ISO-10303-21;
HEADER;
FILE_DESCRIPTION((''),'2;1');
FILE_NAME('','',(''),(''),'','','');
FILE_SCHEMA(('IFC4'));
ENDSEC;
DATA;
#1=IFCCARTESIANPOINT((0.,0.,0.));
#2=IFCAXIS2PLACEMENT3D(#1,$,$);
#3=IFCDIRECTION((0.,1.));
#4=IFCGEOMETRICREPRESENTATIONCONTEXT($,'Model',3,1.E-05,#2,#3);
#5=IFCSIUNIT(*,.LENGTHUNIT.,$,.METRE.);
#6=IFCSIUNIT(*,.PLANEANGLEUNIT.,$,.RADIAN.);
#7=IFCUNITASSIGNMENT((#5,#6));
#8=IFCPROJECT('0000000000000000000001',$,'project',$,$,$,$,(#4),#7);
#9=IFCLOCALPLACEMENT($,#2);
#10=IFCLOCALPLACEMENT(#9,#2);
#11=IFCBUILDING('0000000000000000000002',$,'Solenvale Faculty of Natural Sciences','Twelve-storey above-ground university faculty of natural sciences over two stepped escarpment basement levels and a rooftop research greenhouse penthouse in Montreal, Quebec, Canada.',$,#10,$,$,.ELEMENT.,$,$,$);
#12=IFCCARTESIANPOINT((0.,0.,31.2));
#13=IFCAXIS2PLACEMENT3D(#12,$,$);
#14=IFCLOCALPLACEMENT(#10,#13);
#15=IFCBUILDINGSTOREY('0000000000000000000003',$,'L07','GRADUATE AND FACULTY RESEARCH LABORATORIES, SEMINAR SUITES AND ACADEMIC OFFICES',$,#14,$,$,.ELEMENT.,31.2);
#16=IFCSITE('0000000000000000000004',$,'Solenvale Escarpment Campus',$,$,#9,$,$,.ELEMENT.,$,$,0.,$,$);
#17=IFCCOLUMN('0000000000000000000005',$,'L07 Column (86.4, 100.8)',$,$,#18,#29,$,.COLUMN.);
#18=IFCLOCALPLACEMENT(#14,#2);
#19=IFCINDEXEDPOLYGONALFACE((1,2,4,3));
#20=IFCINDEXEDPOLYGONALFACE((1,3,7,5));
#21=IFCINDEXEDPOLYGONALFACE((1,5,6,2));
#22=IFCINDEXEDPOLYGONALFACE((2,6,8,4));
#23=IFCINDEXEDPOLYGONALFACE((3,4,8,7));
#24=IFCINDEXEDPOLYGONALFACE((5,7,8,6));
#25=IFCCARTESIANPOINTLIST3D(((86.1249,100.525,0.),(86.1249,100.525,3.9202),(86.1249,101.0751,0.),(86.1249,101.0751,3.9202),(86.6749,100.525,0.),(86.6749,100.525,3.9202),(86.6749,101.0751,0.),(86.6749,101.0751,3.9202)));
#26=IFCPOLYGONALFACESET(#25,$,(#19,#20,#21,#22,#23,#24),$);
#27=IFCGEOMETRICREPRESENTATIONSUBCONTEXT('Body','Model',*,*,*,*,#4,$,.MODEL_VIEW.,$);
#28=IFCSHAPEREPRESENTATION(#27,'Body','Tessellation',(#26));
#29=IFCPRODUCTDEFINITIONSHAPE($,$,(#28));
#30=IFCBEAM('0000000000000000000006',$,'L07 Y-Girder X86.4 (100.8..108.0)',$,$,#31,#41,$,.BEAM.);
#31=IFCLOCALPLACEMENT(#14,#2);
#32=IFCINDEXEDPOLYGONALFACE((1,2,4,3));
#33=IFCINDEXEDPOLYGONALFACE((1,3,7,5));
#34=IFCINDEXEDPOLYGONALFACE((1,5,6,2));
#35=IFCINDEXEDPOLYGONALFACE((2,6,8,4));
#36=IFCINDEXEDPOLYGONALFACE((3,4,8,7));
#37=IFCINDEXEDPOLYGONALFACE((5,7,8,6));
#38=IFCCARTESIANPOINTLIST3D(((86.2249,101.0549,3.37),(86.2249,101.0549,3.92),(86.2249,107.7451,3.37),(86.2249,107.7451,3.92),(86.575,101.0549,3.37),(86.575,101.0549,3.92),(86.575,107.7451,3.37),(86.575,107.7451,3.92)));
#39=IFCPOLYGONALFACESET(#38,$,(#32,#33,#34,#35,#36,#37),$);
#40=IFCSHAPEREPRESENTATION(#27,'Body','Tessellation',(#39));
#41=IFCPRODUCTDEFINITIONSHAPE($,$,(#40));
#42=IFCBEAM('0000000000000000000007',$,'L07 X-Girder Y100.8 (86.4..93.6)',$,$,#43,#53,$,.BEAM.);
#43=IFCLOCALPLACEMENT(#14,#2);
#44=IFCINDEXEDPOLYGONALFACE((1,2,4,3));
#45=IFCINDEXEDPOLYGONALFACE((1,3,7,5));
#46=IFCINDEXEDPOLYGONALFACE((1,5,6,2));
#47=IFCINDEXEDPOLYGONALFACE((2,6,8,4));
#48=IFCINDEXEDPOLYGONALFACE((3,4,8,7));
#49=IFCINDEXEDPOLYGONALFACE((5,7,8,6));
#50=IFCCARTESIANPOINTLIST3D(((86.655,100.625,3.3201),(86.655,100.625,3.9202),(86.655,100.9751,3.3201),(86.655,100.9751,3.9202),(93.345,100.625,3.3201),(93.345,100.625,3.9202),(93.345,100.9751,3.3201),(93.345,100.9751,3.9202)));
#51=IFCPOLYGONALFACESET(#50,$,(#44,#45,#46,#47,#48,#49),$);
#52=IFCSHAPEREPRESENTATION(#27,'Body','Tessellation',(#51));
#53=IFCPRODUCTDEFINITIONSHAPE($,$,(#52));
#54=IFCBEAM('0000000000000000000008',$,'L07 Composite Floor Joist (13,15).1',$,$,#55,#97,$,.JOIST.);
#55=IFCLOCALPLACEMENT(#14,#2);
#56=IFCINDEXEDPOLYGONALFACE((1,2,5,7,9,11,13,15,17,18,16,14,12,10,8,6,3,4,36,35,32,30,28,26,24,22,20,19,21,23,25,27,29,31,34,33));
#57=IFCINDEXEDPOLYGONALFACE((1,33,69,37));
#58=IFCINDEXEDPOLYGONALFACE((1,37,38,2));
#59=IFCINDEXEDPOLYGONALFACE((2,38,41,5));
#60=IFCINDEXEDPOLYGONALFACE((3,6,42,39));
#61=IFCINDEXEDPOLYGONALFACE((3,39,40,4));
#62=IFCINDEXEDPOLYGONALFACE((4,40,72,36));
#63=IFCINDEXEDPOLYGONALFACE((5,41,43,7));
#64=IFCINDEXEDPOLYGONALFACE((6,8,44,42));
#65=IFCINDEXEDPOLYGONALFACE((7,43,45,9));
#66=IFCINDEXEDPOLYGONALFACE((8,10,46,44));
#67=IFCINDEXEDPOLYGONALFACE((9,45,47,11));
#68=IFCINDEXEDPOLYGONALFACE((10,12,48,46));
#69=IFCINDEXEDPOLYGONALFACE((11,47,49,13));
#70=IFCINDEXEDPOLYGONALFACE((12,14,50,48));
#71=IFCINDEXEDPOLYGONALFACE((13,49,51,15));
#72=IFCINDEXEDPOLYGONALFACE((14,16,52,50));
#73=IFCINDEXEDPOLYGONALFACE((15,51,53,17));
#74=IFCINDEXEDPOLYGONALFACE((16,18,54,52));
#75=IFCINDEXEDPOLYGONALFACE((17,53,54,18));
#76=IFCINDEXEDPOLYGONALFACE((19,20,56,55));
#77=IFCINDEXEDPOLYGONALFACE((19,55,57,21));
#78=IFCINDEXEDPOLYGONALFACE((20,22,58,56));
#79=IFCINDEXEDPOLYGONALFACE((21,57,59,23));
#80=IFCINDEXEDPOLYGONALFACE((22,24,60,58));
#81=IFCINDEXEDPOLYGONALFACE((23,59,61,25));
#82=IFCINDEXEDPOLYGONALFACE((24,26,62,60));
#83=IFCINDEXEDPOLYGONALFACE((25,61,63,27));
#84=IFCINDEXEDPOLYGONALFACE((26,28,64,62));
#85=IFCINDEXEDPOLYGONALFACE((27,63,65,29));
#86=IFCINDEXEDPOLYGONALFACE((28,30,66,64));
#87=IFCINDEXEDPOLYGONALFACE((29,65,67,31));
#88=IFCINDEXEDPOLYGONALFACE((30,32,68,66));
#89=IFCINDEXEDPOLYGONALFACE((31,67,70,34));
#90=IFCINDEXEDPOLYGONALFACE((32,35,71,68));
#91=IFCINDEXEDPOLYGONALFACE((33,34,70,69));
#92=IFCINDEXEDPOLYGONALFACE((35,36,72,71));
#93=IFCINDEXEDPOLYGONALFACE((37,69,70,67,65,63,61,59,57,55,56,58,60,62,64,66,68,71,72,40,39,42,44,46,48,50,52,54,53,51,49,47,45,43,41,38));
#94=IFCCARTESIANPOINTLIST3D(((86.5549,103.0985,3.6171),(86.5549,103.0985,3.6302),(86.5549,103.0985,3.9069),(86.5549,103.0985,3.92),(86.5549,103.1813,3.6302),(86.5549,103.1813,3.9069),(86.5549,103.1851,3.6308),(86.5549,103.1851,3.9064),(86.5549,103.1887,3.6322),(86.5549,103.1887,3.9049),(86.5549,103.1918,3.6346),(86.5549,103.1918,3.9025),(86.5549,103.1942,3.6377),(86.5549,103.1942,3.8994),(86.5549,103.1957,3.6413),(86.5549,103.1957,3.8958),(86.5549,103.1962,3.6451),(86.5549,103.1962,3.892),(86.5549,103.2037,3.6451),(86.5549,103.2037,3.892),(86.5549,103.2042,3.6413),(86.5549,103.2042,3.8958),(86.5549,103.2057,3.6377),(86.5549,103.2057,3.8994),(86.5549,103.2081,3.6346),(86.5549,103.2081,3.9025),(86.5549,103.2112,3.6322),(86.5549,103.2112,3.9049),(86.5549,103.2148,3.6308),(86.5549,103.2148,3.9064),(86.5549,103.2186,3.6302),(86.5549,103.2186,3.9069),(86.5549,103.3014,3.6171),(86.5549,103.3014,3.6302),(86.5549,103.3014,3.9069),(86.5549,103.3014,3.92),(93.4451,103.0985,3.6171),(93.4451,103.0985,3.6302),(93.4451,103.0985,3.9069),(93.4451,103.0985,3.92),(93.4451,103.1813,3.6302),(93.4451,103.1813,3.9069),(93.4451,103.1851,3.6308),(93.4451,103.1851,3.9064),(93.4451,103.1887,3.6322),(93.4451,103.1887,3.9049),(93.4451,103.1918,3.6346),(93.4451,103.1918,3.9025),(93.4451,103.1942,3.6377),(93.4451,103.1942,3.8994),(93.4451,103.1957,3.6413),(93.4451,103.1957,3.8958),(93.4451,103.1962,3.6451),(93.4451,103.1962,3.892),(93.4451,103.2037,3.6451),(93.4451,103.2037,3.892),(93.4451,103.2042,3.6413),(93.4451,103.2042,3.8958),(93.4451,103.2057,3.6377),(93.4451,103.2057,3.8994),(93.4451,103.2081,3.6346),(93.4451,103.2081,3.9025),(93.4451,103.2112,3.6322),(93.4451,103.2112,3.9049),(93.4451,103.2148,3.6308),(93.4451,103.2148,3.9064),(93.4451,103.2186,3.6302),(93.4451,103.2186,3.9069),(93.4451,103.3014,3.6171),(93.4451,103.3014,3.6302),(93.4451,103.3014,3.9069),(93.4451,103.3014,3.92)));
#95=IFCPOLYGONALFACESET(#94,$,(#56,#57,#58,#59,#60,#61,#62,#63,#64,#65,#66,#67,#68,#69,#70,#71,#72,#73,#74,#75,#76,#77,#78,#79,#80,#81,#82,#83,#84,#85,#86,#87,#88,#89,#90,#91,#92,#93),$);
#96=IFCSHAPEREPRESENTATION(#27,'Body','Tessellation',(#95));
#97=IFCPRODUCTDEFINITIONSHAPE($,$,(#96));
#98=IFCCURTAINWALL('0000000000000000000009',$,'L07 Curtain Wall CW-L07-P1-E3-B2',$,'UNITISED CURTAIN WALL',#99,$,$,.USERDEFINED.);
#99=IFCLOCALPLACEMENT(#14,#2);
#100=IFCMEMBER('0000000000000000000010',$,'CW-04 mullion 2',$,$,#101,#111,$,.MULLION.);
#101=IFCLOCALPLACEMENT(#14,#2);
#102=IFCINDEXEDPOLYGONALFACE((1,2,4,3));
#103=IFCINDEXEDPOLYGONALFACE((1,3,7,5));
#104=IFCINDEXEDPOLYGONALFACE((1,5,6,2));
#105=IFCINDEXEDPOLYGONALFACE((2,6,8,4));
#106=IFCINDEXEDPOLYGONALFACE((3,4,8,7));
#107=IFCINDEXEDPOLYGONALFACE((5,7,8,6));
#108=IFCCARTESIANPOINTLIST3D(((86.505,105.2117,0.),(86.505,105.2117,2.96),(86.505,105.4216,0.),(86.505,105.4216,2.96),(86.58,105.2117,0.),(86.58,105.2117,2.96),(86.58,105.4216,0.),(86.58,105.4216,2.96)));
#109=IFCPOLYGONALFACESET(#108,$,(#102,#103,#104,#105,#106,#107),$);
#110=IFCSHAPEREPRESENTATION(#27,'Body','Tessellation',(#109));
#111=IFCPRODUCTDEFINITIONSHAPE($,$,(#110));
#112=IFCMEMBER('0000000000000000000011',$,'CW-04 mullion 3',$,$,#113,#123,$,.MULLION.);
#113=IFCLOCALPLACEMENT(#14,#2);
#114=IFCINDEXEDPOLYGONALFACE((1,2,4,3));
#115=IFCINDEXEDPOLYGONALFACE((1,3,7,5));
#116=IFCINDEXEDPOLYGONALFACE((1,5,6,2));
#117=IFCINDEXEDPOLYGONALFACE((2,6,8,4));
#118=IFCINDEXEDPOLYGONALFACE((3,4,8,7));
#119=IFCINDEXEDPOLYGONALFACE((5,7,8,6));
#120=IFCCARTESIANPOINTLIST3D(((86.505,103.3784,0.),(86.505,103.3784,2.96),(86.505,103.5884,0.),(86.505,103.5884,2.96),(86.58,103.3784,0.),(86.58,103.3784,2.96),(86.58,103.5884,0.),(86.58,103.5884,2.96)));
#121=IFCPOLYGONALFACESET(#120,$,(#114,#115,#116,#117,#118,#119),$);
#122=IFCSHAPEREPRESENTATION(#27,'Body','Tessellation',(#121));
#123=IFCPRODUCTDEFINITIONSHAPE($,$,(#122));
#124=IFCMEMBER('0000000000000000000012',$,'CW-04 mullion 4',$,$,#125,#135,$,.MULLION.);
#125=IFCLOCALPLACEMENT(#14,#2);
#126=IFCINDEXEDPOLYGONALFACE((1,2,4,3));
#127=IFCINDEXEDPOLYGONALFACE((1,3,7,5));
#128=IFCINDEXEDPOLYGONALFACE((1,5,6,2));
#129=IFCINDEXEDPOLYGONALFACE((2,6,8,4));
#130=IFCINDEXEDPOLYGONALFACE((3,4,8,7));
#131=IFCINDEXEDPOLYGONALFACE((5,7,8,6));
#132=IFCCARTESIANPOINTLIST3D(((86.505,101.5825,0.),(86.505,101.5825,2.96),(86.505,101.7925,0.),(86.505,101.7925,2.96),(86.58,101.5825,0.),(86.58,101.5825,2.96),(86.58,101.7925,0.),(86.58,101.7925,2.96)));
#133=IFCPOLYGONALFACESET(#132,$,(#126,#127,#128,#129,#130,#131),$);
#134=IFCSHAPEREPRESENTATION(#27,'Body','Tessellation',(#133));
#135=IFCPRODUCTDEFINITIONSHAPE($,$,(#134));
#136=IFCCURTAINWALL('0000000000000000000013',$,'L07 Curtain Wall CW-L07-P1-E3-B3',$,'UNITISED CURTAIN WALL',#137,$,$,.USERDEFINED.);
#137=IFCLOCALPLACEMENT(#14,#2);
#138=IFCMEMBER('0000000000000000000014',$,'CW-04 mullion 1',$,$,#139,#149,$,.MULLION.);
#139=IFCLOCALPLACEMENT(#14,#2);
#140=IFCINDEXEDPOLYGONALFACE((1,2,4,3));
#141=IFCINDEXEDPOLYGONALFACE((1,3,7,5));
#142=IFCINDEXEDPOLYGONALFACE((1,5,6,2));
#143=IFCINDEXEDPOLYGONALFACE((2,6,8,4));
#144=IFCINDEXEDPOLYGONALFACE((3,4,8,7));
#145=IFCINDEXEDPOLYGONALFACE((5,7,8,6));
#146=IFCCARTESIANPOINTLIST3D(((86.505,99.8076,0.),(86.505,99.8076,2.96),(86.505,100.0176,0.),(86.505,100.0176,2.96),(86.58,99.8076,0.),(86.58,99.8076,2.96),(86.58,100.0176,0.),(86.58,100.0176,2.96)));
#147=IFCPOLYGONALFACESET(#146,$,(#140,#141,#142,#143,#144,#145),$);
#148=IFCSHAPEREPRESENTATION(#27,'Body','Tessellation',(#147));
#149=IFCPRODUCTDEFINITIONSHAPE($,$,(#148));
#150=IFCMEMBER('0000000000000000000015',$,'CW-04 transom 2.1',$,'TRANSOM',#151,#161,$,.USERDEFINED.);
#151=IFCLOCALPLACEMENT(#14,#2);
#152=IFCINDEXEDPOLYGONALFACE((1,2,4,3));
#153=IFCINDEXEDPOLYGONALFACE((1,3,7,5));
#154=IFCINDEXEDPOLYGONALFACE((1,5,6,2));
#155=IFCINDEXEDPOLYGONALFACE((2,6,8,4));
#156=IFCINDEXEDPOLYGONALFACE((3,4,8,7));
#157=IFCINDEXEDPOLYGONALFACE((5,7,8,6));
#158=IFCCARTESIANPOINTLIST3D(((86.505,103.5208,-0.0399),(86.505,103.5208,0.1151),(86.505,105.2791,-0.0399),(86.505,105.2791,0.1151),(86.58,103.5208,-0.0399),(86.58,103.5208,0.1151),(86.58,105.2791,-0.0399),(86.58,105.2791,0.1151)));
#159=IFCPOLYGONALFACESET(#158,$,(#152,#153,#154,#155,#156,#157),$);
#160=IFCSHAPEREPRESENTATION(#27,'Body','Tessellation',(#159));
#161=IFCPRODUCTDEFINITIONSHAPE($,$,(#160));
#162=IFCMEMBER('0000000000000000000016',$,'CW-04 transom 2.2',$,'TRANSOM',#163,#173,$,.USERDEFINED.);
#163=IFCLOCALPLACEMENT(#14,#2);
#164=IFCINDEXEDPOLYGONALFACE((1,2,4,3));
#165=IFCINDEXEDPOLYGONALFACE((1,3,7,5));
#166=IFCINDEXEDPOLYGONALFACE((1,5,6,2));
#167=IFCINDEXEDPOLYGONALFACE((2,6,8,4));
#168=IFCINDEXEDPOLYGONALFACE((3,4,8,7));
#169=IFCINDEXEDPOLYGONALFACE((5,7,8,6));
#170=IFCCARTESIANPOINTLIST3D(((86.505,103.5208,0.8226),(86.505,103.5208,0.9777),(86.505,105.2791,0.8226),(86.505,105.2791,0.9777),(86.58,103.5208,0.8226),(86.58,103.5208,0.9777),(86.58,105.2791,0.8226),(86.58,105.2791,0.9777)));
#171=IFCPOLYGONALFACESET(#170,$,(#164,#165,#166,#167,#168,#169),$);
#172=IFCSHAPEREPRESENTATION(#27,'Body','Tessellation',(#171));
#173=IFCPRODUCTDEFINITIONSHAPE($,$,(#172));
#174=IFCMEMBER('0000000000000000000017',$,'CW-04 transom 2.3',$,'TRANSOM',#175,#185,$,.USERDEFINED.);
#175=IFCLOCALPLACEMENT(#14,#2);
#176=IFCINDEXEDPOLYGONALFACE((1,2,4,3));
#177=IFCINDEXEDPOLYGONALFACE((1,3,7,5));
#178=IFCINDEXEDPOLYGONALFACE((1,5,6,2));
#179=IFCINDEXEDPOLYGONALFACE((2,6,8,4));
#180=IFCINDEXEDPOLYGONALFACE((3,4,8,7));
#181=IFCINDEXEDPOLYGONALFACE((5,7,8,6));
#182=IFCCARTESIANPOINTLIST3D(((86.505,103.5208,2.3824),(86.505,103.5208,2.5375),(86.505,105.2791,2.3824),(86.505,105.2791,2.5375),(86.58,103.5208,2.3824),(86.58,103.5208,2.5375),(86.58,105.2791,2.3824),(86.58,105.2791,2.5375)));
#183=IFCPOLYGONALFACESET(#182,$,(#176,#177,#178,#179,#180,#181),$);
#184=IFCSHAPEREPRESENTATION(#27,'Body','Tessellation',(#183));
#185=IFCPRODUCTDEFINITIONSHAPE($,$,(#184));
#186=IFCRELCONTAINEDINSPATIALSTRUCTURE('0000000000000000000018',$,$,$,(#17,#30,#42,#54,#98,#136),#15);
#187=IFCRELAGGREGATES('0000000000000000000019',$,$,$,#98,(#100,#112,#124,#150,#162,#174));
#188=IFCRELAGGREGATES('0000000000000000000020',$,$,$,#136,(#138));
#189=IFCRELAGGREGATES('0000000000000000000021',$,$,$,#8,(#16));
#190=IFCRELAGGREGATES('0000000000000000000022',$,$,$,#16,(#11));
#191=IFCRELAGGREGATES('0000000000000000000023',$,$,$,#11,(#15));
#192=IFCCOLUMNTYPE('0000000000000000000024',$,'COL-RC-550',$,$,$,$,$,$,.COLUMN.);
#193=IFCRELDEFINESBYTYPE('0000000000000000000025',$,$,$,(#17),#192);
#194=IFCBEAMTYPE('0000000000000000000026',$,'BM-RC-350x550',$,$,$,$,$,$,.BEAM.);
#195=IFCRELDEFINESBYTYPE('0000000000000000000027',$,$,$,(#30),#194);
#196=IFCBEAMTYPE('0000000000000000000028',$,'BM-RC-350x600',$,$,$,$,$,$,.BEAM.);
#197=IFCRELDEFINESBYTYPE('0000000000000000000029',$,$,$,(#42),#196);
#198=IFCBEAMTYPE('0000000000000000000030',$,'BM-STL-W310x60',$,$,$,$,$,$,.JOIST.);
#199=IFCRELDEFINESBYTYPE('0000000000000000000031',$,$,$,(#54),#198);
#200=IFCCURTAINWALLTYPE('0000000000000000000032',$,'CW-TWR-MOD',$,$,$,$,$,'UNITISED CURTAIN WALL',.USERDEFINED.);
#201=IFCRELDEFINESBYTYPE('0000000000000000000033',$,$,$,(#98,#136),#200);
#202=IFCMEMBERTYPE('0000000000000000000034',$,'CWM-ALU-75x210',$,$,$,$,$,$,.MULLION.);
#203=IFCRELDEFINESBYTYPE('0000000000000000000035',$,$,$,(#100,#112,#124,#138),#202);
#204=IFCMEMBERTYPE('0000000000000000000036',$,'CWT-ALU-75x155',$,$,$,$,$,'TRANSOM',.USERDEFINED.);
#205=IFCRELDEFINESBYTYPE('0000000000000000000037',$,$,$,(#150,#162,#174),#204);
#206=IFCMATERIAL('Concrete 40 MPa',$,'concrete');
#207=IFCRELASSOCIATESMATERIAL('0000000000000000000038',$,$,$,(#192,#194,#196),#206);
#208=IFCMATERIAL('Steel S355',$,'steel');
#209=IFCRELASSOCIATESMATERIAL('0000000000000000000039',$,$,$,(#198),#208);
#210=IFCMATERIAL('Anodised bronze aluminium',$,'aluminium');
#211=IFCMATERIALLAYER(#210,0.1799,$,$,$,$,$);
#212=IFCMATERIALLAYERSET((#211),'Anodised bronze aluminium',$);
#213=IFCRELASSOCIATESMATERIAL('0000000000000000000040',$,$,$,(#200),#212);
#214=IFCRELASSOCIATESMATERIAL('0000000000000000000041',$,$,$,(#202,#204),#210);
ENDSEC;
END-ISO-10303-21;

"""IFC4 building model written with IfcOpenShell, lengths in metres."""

from ifc_helpers import new_model, si_unit, direction, frame, origin, origin_2d, place, context, subcontext, project, spatial, rectangle, i_section, extrude, material, layer, layer_set, material_profile, profile_set, type_object, element, aggregate, save


model = new_model("IFC4")

# Units and contexts
model_context = context("Model", 3, precision=1e-05, world=origin(), true_north=direction((0.0, 1.0)))
body_context = subcontext(model_context, "Body", "Model", "MODEL_VIEW")
ifc_project = project(units=[si_unit("LENGTHUNIT", "METRE"), si_unit("PLANEANGLEUNIT", "RADIAN")], contexts=[model_context])

# Site, building, storey
site_placement = place(None, origin())
site = spatial("IfcSite", under=ifc_project, at=site_placement, Name="Solenvale Escarpment Campus", CompositionType="ELEMENT", RefElevation=0.0)
building_placement = place(site_placement, origin())
building = spatial("IfcBuilding", under=site, at=building_placement, Name="Solenvale Faculty of Natural Sciences", Description="Twelve-storey above-ground university faculty of natural sciences over two stepped escarpment basement levels and a rooftop research greenhouse penthouse in Montreal, Quebec, Canada.", CompositionType="ELEMENT")
storey_placement = place(building_placement, frame((0.0, 0.0, 31.2)))
storey = spatial("IfcBuildingStorey", under=building, at=storey_placement, Name="L07", Description="GRADUATE AND FACULTY RESEARCH LABORATORIES, SEMINAR SUITES AND ACADEMIC OFFICES", CompositionType="ELEMENT", Elevation=31.2)

# Column
ifc_material_1 = material(Name="Concrete 40 MPa", Category="concrete")
ifc_material_profile_1 = material_profile(ifc_material_1, rectangle(XDim=0.55, YDim=0.55, at=origin_2d()), Name="RC-COL-550x550")
ifc_profile_set_1 = profile_set([ifc_material_profile_1], Name="Concrete 40 MPa")
column_type = type_object("IfcColumnType", Name="COL-RC-550", PredefinedType="COLUMN", material=ifc_profile_set_1)
column_placement = place(storey_placement, frame((86.3999, 100.8, 0.0), z_axis=(0.0, 0.0, 1.0), x_axis=(1.0, 0.0, 0.0)))
element("IfcColumn", 1, at=column_placement, inside=storey, type_object=column_type, Name="L07 Column (86.4, 100.8)", PredefinedType="COLUMN", context=body_context, shape_type="SweptSolid", body=[
    extrude(rectangle(XDim=0.55, YDim=0.55, at=origin_2d()), origin(), (0.0, 0.0, 1.0), 3.9202),
])

# Beams
ifc_material_profile_2 = material_profile(ifc_material_1, rectangle(XDim=0.3501, YDim=0.55, at=origin_2d()), Name="RC-BM-350x550")
ifc_profile_set_2 = profile_set([ifc_material_profile_2], Name="Concrete 40 MPa")
beam_type_1 = type_object("IfcBeamType", Name="BM-RC-350x550", PredefinedType="BEAM", material=ifc_profile_set_2)
beam_1_placement = place(storey_placement, frame((86.3999, 101.0549, 3.645), z_axis=(0.0, 1.0, 0.0), x_axis=(-1.0, 0.0, 0.0)))
element("IfcBeam", 2, at=beam_1_placement, inside=storey, type_object=beam_type_1, Name="L07 Y-Girder X86.4 (100.8..108.0)", PredefinedType="BEAM", context=body_context, shape_type="SweptSolid", body=[
    extrude(rectangle(XDim=0.3501, YDim=0.55, at=origin_2d()), origin(), (0.0, 0.0, 1.0), 6.6902),
])
ifc_material_profile_3 = material_profile(ifc_material_1, rectangle(XDim=0.3501, YDim=0.6001, at=origin_2d()), Name="RC-BM-350x600")
ifc_profile_set_3 = profile_set([ifc_material_profile_3], Name="Concrete 40 MPa")
beam_type_2 = type_object("IfcBeamType", Name="BM-RC-350x600", PredefinedType="BEAM", material=ifc_profile_set_3)
beam_2_placement = place(storey_placement, frame((86.655, 100.8, 3.6201), z_axis=(1.0, 0.0, 0.0), x_axis=(0.0, 1.0, 0.0)))
element("IfcBeam", 3, at=beam_2_placement, inside=storey, type_object=beam_type_2, Name="L07 X-Girder Y100.8 (86.4..93.6)", PredefinedType="BEAM", context=body_context, shape_type="SweptSolid", body=[
    extrude(rectangle(XDim=0.3501, YDim=0.6001, at=origin_2d()), origin(), (0.0, 0.0, 1.0), 6.6899),
])
ifc_material_2 = material(Name="Steel S355", Category="steel")
ifc_material_profile_4 = material_profile(ifc_material_2, i_section(OverallWidth=0.2029, OverallDepth=0.303, WebThickness=0.0076, FlangeThickness=0.0132, FilletRadius=0.0149, at=origin_2d()), Name="W310x60")
ifc_profile_set_4 = profile_set([ifc_material_profile_4], Name="Steel S355")
beam_type_3 = type_object("IfcBeamType", Name="BM-STL-W310x60", PredefinedType="JOIST", material=ifc_profile_set_4)
beam_3_placement = place(storey_placement, frame((86.5549, 103.2, 3.7686), z_axis=(1.0, 0.0, 0.0), x_axis=(0.0, 1.0, 0.0)))
element("IfcBeam", 4, at=beam_3_placement, inside=storey, type_object=beam_type_3, Name="L07 Composite Floor Joist (13,15).1", PredefinedType="JOIST", context=body_context, shape_type="SweptSolid", body=[
    extrude(i_section(OverallWidth=0.2029, OverallDepth=0.303, WebThickness=0.0076, FlangeThickness=0.0132, FilletRadius=0.0149, at=origin_2d()), origin(), (0.0, 0.0, 1.0), 6.8901),
])

# Curtain wall, members
ifc_material_3 = material(Name="Anodised bronze aluminium", Category="aluminium")
ifc_layer_1 = layer(ifc_material_3, 0.1799)
ifc_layer_set_1 = layer_set([ifc_layer_1], Name="Anodised bronze aluminium")
curtain_wall_type = type_object("IfcCurtainWallType", Name="CW-TWR-MOD", ElementType="UNITISED CURTAIN WALL", PredefinedType="USERDEFINED", material=ifc_layer_set_1)
curtain_wall_1_placement = place(storey_placement, origin())
curtain_wall_1 = element("IfcCurtainWall", 5, at=curtain_wall_1_placement, inside=storey, type_object=curtain_wall_type, Name="L07 Curtain Wall CW-L07-P1-E3-B2", ObjectType="UNITISED CURTAIN WALL", PredefinedType="USERDEFINED")
ifc_material_profile_5 = material_profile(ifc_material_3, rectangle(XDim=0.075, YDim=0.21, at=origin_2d()), Name="ALU-MUL-75x210")
ifc_profile_set_5 = profile_set([ifc_material_profile_5], Name="Anodised bronze aluminium")
member_type_1 = type_object("IfcMemberType", Name="CWM-ALU-75x210", PredefinedType="MULLION", material=ifc_profile_set_5)
member_1_placement = place(storey_placement, frame((86.5425, 105.3167, 0.0), z_axis=(0.0, 0.0, 1.0), x_axis=(1.0, 0.0, 0.0)))
member_1 = element("IfcMember", 6, at=member_1_placement, type_object=member_type_1, Name="CW-04 mullion 2", PredefinedType="MULLION", context=body_context, shape_type="SweptSolid", body=[
    extrude(rectangle(XDim=0.075, YDim=0.21, at=origin_2d()), origin(), (0.0, 0.0, 1.0), 2.96),
])
member_2_placement = place(storey_placement, frame((86.5425, 103.4834, 0.0), z_axis=(0.0, 0.0, 1.0), x_axis=(1.0, 0.0, 0.0)))
member_2 = element("IfcMember", 7, at=member_2_placement, type_object=member_type_1, Name="CW-04 mullion 3", PredefinedType="MULLION", context=body_context, shape_type="SweptSolid", body=[
    extrude(rectangle(XDim=0.075, YDim=0.21, at=origin_2d()), origin(), (0.0, 0.0, 1.0), 2.96),
])
member_3_placement = place(storey_placement, frame((86.5425, 101.6875, 0.0), z_axis=(0.0, 0.0, 1.0), x_axis=(1.0, 0.0, 0.0)))
member_3 = element("IfcMember", 8, at=member_3_placement, type_object=member_type_1, Name="CW-04 mullion 4", PredefinedType="MULLION", context=body_context, shape_type="SweptSolid", body=[
    extrude(rectangle(XDim=0.075, YDim=0.21, at=origin_2d()), origin(), (0.0, 0.0, 1.0), 2.96),
])

# Curtain wall, member
curtain_wall_2_placement = place(storey_placement, origin())
curtain_wall_2 = element("IfcCurtainWall", 9, at=curtain_wall_2_placement, inside=storey, type_object=curtain_wall_type, Name="L07 Curtain Wall CW-L07-P1-E3-B3", ObjectType="UNITISED CURTAIN WALL", PredefinedType="USERDEFINED")
member_4_placement = place(storey_placement, frame((86.5425, 99.9126, 0.0), z_axis=(0.0, 0.0, 1.0), x_axis=(1.0, 0.0, 0.0)))
member_4 = element("IfcMember", 10, at=member_4_placement, type_object=member_type_1, Name="CW-04 mullion 1", PredefinedType="MULLION", context=body_context, shape_type="SweptSolid", body=[
    extrude(rectangle(XDim=0.075, YDim=0.21, at=origin_2d()), origin(), (0.0, 0.0, 1.0), 2.96),
])

# Members
ifc_material_profile_6 = material_profile(ifc_material_3, rectangle(XDim=0.075, YDim=0.155, at=origin_2d()), Name="ALU-TRN-75x155")
ifc_profile_set_6 = profile_set([ifc_material_profile_6], Name="Anodised bronze aluminium")
member_type_2 = type_object("IfcMemberType", Name="CWT-ALU-75x155", ElementType="TRANSOM", PredefinedType="USERDEFINED", material=ifc_profile_set_6)
member_5_placement = place(storey_placement, frame((86.5425, 105.2791, 0.0376), z_axis=(0.0, -1.0, 0.0), x_axis=(1.0, 0.0, 0.0)))
member_5 = element("IfcMember", 11, at=member_5_placement, type_object=member_type_2, Name="CW-04 transom 2.1", ObjectType="TRANSOM", PredefinedType="USERDEFINED", context=body_context, shape_type="SweptSolid", body=[
    extrude(rectangle(XDim=0.075, YDim=0.155, at=origin_2d()), origin(), (0.0, 0.0, 1.0), 1.7583),
])
member_6_placement = place(storey_placement, frame((86.5425, 105.2791, 0.9001), z_axis=(0.0, -1.0, 0.0), x_axis=(1.0, 0.0, 0.0)))
member_6 = element("IfcMember", 12, at=member_6_placement, type_object=member_type_2, Name="CW-04 transom 2.2", ObjectType="TRANSOM", PredefinedType="USERDEFINED", context=body_context, shape_type="SweptSolid", body=[
    extrude(rectangle(XDim=0.075, YDim=0.155, at=origin_2d()), origin(), (0.0, 0.0, 1.0), 1.7583),
])
member_7_placement = place(storey_placement, frame((86.5425, 105.2791, 2.46), z_axis=(0.0, -1.0, 0.0), x_axis=(1.0, 0.0, 0.0)))
member_7 = element("IfcMember", 13, at=member_7_placement, type_object=member_type_2, Name="CW-04 transom 2.3", ObjectType="TRANSOM", PredefinedType="USERDEFINED", context=body_context, shape_type="SweptSolid", body=[
    extrude(rectangle(XDim=0.075, YDim=0.155, at=origin_2d()), origin(), (0.0, 0.0, 1.0), 1.7583),
])

aggregate(curtain_wall_1, [member_1, member_2, member_3, member_5, member_6, member_7])
aggregate(curtain_wall_2, [member_4])

save(model, "model.ifc")
